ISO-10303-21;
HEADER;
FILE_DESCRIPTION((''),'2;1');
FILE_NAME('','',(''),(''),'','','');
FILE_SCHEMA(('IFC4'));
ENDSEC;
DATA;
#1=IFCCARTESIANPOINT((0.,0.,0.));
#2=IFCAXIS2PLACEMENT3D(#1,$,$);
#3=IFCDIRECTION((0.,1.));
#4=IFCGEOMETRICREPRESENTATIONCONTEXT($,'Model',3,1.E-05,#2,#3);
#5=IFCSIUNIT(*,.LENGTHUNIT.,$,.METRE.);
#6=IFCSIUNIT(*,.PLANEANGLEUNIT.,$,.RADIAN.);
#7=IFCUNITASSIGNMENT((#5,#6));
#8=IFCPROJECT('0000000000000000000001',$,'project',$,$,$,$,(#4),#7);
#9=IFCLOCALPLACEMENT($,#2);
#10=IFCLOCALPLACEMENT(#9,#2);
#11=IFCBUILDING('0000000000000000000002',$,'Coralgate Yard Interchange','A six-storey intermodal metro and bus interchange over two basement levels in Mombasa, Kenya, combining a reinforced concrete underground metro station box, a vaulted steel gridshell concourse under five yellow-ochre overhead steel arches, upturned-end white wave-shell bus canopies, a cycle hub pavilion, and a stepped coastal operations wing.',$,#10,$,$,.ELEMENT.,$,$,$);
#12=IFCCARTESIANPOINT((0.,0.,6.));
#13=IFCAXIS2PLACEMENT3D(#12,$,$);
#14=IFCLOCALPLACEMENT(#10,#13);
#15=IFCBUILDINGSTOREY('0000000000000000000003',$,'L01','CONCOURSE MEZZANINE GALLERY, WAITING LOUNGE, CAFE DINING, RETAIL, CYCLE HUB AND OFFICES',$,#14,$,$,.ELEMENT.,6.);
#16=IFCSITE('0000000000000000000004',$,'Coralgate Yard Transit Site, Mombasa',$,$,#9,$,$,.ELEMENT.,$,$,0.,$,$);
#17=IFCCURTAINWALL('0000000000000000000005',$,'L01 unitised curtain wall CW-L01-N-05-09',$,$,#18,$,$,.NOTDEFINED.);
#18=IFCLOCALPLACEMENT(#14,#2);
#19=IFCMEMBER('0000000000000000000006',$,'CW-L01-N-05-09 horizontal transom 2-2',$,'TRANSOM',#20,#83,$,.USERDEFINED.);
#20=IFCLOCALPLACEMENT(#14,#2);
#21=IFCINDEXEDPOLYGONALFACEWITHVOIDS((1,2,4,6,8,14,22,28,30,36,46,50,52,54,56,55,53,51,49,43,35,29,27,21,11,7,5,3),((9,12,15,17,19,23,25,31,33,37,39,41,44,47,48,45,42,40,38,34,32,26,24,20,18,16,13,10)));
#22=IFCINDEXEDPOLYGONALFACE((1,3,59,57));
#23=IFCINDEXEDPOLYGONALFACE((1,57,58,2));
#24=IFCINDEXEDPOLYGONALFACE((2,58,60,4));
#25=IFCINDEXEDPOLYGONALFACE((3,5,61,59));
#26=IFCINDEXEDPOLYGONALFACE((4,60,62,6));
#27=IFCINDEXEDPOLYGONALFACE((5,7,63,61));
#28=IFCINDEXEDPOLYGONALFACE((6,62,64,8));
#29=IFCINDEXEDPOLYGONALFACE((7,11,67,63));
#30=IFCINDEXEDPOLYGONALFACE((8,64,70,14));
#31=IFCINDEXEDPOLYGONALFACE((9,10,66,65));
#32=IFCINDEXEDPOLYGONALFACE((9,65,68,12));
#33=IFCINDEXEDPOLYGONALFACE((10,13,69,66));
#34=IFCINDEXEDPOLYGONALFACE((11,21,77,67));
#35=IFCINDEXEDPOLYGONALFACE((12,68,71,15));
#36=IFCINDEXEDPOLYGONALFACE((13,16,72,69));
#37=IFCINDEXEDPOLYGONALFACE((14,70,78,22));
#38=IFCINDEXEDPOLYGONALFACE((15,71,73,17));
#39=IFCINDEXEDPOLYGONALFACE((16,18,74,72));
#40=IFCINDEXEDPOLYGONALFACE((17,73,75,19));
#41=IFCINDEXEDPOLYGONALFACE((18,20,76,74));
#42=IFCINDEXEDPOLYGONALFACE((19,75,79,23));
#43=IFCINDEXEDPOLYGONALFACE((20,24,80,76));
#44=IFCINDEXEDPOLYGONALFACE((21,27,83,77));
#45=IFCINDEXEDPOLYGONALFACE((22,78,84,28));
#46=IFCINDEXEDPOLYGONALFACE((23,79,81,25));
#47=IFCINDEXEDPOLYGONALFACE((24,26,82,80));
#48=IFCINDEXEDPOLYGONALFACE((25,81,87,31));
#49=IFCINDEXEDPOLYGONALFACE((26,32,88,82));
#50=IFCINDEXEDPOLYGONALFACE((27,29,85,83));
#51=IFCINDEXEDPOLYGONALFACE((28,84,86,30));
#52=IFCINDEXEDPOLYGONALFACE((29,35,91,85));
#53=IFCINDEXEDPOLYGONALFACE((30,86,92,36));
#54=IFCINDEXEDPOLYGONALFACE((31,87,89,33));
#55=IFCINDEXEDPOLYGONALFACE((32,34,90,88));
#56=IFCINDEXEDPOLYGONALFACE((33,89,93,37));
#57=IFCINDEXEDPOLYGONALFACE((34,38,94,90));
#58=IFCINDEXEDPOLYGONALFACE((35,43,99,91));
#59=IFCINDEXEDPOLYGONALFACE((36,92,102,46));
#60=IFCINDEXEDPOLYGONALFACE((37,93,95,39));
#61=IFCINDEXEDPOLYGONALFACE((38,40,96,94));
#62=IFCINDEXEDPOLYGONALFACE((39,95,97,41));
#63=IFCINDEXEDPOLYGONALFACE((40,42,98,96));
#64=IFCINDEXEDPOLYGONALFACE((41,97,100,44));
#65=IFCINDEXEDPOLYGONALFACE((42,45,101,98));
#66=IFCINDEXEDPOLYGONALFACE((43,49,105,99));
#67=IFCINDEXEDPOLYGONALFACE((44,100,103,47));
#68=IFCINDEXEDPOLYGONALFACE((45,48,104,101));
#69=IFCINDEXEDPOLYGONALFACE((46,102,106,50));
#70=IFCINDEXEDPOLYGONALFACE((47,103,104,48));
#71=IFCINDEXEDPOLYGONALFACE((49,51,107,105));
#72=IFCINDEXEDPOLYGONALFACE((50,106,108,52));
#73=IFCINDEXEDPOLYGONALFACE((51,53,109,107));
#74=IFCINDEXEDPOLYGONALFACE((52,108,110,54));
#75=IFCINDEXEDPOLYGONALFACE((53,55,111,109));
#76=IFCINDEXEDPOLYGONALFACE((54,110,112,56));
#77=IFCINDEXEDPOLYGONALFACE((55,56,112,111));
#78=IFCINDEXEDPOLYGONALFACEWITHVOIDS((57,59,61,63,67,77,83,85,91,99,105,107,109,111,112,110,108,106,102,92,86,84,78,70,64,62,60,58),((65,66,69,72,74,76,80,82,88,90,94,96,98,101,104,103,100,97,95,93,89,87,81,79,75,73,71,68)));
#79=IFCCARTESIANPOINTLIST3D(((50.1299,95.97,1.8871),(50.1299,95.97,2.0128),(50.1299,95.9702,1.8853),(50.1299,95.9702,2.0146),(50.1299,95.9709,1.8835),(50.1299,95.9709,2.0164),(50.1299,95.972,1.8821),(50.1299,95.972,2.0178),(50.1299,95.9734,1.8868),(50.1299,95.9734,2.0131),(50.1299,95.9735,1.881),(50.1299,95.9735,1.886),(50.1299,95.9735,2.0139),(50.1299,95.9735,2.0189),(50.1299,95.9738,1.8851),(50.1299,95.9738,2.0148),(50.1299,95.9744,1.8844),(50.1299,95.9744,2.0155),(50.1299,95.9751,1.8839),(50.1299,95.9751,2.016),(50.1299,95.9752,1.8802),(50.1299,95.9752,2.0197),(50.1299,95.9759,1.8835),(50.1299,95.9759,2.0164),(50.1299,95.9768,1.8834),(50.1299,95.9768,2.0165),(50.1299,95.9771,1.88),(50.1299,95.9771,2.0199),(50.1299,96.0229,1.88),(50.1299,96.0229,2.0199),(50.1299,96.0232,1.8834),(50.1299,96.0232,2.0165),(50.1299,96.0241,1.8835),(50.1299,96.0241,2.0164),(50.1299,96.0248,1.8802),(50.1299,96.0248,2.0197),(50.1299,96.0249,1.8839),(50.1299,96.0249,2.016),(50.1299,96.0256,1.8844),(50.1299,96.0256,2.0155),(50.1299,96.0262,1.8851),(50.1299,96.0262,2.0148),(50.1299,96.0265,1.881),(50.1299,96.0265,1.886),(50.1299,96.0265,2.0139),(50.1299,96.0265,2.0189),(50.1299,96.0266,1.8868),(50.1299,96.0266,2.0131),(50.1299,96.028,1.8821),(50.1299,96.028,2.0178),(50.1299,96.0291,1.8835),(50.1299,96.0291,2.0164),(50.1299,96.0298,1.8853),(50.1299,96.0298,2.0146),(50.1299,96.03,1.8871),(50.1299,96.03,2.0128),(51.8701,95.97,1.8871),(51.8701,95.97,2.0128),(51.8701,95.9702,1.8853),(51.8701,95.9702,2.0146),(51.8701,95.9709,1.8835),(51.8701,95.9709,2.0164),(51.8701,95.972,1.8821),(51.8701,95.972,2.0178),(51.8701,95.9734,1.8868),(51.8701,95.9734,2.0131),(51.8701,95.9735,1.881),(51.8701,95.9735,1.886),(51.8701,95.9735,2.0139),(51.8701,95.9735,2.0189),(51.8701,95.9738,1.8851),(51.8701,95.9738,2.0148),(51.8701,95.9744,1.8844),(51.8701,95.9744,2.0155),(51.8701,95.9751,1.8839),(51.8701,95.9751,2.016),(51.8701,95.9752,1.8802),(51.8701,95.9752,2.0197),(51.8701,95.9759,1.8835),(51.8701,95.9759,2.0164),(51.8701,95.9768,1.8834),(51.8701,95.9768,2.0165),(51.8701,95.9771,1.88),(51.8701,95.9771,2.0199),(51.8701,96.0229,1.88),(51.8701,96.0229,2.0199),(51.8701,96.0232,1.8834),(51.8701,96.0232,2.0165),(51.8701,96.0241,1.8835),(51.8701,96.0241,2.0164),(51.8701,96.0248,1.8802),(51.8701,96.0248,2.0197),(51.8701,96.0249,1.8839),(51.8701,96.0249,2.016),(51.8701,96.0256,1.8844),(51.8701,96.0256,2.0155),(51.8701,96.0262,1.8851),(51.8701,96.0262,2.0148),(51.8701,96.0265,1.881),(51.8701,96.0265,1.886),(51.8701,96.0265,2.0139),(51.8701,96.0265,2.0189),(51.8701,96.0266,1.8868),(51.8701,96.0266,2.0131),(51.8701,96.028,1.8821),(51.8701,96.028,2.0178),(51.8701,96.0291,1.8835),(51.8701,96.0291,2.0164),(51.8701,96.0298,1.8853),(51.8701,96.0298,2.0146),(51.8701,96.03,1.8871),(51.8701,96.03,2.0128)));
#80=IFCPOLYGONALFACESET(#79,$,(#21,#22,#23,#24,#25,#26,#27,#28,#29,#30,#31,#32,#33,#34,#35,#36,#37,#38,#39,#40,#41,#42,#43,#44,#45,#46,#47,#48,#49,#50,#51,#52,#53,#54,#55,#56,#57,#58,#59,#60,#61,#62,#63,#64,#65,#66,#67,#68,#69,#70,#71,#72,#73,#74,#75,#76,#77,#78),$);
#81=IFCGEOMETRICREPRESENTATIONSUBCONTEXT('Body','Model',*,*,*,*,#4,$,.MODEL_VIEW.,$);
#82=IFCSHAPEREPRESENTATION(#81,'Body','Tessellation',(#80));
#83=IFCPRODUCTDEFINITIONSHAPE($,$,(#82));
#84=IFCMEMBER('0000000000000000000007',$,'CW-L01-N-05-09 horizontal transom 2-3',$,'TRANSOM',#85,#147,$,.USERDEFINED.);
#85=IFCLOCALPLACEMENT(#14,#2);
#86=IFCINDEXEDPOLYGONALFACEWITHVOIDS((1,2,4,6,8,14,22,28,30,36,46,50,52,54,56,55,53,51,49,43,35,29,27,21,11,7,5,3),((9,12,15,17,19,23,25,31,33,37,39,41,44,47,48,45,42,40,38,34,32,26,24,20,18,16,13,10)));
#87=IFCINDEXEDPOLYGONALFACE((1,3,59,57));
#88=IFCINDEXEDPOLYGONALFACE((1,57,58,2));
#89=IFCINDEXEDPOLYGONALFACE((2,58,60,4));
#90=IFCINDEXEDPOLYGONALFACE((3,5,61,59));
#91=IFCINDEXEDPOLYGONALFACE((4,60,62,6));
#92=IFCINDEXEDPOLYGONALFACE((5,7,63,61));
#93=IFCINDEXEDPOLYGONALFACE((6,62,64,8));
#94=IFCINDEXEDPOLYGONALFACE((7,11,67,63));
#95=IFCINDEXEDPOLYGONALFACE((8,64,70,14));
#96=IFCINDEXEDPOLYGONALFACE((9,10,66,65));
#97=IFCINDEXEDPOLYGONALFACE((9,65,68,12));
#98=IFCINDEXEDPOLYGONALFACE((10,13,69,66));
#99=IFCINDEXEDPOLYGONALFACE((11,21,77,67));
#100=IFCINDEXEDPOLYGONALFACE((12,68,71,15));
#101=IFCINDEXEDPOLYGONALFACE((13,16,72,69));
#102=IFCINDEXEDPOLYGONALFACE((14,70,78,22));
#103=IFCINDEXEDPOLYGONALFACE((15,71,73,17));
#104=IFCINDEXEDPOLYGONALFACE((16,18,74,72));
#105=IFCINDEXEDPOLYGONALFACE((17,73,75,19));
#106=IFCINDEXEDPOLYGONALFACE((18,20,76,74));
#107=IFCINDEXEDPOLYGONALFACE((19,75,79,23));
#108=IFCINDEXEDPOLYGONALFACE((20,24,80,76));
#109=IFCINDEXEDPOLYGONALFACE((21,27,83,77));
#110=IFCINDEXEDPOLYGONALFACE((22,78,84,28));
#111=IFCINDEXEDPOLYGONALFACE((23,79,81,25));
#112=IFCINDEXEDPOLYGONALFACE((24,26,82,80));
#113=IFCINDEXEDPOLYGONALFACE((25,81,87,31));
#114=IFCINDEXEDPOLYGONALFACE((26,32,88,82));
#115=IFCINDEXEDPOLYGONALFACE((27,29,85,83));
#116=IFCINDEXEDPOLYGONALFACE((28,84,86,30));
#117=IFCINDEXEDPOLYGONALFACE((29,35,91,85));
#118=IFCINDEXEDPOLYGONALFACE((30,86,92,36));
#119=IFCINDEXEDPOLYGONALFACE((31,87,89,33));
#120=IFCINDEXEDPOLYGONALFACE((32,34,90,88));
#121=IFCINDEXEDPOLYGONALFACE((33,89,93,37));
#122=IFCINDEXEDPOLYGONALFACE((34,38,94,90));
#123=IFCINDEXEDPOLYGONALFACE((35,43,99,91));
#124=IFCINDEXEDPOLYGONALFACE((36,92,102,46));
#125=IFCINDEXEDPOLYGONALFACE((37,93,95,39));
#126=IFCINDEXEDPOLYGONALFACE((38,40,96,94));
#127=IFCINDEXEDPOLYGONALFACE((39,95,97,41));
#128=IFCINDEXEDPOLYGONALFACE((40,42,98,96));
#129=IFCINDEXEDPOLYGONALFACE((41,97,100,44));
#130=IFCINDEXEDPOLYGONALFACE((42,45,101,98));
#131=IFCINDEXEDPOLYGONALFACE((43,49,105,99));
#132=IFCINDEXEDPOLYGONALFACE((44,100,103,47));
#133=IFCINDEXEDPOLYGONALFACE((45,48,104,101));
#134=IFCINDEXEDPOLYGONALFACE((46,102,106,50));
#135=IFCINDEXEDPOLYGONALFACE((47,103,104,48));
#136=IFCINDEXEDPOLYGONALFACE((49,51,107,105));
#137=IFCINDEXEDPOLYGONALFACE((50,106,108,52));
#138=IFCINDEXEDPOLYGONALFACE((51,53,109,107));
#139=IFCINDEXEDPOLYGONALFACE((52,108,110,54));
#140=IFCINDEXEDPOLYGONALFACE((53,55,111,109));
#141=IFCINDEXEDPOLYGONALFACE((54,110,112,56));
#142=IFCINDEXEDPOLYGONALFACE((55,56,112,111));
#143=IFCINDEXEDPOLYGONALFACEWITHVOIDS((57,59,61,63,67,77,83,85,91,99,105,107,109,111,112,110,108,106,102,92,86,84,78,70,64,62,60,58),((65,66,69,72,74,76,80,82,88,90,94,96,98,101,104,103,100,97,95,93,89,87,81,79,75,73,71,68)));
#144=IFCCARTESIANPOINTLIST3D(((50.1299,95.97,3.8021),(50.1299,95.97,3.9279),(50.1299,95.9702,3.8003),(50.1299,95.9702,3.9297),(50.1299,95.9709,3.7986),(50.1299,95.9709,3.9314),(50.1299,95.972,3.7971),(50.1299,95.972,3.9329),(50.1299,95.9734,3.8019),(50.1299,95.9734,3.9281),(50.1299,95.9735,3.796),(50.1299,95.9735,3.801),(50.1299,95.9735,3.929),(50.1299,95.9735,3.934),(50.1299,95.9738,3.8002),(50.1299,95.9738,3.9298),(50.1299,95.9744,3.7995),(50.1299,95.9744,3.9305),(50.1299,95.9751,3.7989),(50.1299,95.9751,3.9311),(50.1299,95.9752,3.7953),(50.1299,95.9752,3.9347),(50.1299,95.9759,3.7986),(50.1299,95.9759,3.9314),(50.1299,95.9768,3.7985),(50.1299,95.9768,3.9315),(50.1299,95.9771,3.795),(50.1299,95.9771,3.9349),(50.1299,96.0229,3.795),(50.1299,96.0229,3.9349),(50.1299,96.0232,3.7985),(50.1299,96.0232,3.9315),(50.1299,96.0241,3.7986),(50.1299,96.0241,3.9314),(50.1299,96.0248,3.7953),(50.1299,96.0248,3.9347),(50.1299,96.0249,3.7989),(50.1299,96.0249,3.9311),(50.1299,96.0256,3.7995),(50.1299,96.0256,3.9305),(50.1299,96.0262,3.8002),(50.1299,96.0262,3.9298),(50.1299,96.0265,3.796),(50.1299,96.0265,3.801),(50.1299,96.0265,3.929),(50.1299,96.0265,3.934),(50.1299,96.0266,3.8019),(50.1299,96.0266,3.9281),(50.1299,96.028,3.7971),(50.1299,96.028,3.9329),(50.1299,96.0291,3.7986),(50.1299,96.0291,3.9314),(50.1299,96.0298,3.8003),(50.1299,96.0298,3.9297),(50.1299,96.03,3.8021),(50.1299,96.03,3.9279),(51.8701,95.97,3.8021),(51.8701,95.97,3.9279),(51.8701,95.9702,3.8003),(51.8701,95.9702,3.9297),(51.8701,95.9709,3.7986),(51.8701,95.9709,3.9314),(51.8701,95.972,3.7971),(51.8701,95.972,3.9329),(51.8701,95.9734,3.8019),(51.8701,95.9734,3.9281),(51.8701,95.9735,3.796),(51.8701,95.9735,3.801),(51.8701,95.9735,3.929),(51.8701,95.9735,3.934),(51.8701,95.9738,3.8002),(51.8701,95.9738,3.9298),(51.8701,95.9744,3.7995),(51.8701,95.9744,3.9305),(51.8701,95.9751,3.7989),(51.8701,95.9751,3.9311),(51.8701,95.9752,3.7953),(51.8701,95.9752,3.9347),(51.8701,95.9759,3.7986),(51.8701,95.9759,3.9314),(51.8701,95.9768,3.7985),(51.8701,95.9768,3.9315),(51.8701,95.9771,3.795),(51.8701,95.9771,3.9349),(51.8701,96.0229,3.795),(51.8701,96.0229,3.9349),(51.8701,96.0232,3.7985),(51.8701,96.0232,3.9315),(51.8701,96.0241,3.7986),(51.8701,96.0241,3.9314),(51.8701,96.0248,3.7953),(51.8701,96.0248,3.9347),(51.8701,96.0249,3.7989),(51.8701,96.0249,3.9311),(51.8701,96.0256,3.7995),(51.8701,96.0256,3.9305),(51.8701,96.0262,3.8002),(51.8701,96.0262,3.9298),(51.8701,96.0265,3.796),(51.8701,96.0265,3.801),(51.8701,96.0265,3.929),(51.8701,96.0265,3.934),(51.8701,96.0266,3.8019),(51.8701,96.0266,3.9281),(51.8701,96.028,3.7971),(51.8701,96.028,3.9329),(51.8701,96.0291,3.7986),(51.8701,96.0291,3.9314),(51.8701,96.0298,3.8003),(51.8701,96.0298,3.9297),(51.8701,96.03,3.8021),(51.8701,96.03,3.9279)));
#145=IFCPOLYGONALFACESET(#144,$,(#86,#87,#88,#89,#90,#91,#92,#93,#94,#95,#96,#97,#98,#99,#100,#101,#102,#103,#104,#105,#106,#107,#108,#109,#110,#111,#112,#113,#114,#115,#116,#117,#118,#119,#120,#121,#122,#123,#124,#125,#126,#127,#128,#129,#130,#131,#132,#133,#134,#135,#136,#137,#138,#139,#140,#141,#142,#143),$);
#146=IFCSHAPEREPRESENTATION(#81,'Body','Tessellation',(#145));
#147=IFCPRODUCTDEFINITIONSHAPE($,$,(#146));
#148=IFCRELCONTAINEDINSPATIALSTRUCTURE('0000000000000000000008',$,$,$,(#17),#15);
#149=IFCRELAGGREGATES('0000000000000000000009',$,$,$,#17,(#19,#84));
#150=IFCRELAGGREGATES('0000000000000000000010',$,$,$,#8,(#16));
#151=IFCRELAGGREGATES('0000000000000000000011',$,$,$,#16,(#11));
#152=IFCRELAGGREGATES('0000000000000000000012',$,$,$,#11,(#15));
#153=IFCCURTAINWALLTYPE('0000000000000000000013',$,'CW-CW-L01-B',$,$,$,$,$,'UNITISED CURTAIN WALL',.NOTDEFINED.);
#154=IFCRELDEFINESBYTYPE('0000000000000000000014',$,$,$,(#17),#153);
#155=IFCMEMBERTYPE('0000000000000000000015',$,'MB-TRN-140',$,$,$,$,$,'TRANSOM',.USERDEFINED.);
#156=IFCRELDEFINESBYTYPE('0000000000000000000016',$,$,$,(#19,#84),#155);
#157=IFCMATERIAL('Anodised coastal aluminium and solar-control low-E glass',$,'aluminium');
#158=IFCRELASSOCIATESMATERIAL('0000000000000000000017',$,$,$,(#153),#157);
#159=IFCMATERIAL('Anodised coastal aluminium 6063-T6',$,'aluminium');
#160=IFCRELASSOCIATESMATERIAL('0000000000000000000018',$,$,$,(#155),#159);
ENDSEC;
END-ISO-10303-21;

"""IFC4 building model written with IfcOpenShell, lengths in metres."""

from ifc_helpers import new_model, si_unit, direction, frame, origin, origin_2d, place, context, subcontext, project, spatial, hollow_rectangle, extrude, material, material_profile, profile_set, type_object, element, aggregate, save


model = new_model("IFC4")

# Units and contexts
model_context = context("Model", 3, precision=1e-05, world=origin(), true_north=direction((0.0, 1.0)))
body_context = subcontext(model_context, "Body", "Model", "MODEL_VIEW")
ifc_project = project(units=[si_unit("LENGTHUNIT", "METRE"), si_unit("PLANEANGLEUNIT", "RADIAN")], contexts=[model_context])

# Site, building, storey
site_placement = place(None, origin())
site = spatial("IfcSite", under=ifc_project, at=site_placement, Name="Coralgate Yard Transit Site, Mombasa", CompositionType="ELEMENT", RefElevation=0.0)
building_placement = place(site_placement, origin())
building = spatial("IfcBuilding", under=site, at=building_placement, Name="Coralgate Yard Interchange", Description="A six-storey intermodal metro and bus interchange over two basement levels in Mombasa, Kenya, combining a reinforced concrete underground metro station box, a vaulted steel gridshell concourse under five yellow-ochre overhead steel arches, upturned-end white wave-shell bus canopies, a cycle hub pavilion, and a stepped coastal operations wing.", CompositionType="ELEMENT")
storey_placement = place(building_placement, frame((0.0, 0.0, 6.0)))
storey = spatial("IfcBuildingStorey", under=building, at=storey_placement, Name="L01", Description="CONCOURSE MEZZANINE GALLERY, WAITING LOUNGE, CAFE DINING, RETAIL, CYCLE HUB AND OFFICES", CompositionType="ELEMENT", Elevation=6.0)

# Curtain wall, members
ifc_material_1 = material(Name="Anodised coastal aluminium and solar-control low-E glass", Category="aluminium")
curtain_wall_type = type_object("IfcCurtainWallType", Name="CW-CW-L01-B", ElementType="UNITISED CURTAIN WALL", PredefinedType="NOTDEFINED", material=ifc_material_1)
curtain_wall_placement = place(storey_placement, origin())
curtain_wall = element("IfcCurtainWall", 1, at=curtain_wall_placement, inside=storey, type_object=curtain_wall_type, Name="L01 unitised curtain wall CW-L01-N-05-09", PredefinedType="NOTDEFINED")
ifc_material_2 = material(Name="Anodised coastal aluminium 6063-T6", Category="aluminium")
ifc_material_profile_1 = material_profile(ifc_material_2, hollow_rectangle(XDim=0.0601, YDim=0.1399, WallThickness=0.0034, InnerFilletRadius=0.0034, OuterFilletRadius=0.0071, at=origin_2d()), Name="ALU 60x140x3.5")
ifc_profile_set_1 = profile_set([ifc_material_profile_1], Name="Anodised coastal aluminium 6063-T6")
member_type_1 = type_object("IfcMemberType", Name="MB-TRN-140", ElementType="TRANSOM", PredefinedType="USERDEFINED", material=ifc_profile_set_1)
member_1_placement = place(storey_placement, frame((50.1299, 96.0, 1.95), z_axis=(1.0, 0.0, 0.0), x_axis=(0.0, 1.0, 0.0)))
member_1 = element("IfcMember", 2, at=member_1_placement, type_object=member_type_1, Name="CW-L01-N-05-09 horizontal transom 2-2", ObjectType="TRANSOM", PredefinedType="USERDEFINED", context=body_context, shape_type="SweptSolid", body=[
    extrude(hollow_rectangle(XDim=0.0601, YDim=0.1399, WallThickness=0.0034, InnerFilletRadius=0.0034, OuterFilletRadius=0.0071, at=origin_2d()), origin(), (0.0, 0.0, 1.0), 1.7402),
])
member_2_placement = place(storey_placement, frame((50.1299, 96.0, 3.865), z_axis=(1.0, 0.0, 0.0), x_axis=(0.0, 1.0, 0.0)))
member_2 = element("IfcMember", 3, at=member_2_placement, type_object=member_type_1, Name="CW-L01-N-05-09 horizontal transom 2-3", ObjectType="TRANSOM", PredefinedType="USERDEFINED", context=body_context, shape_type="SweptSolid", body=[
    extrude(hollow_rectangle(XDim=0.0601, YDim=0.1399, WallThickness=0.0034, InnerFilletRadius=0.0034, OuterFilletRadius=0.0071, at=origin_2d()), origin(), (0.0, 0.0, 1.0), 1.7402),
])
aggregate(curtain_wall, [member_1, member_2])

save(model, "model.ifc")
